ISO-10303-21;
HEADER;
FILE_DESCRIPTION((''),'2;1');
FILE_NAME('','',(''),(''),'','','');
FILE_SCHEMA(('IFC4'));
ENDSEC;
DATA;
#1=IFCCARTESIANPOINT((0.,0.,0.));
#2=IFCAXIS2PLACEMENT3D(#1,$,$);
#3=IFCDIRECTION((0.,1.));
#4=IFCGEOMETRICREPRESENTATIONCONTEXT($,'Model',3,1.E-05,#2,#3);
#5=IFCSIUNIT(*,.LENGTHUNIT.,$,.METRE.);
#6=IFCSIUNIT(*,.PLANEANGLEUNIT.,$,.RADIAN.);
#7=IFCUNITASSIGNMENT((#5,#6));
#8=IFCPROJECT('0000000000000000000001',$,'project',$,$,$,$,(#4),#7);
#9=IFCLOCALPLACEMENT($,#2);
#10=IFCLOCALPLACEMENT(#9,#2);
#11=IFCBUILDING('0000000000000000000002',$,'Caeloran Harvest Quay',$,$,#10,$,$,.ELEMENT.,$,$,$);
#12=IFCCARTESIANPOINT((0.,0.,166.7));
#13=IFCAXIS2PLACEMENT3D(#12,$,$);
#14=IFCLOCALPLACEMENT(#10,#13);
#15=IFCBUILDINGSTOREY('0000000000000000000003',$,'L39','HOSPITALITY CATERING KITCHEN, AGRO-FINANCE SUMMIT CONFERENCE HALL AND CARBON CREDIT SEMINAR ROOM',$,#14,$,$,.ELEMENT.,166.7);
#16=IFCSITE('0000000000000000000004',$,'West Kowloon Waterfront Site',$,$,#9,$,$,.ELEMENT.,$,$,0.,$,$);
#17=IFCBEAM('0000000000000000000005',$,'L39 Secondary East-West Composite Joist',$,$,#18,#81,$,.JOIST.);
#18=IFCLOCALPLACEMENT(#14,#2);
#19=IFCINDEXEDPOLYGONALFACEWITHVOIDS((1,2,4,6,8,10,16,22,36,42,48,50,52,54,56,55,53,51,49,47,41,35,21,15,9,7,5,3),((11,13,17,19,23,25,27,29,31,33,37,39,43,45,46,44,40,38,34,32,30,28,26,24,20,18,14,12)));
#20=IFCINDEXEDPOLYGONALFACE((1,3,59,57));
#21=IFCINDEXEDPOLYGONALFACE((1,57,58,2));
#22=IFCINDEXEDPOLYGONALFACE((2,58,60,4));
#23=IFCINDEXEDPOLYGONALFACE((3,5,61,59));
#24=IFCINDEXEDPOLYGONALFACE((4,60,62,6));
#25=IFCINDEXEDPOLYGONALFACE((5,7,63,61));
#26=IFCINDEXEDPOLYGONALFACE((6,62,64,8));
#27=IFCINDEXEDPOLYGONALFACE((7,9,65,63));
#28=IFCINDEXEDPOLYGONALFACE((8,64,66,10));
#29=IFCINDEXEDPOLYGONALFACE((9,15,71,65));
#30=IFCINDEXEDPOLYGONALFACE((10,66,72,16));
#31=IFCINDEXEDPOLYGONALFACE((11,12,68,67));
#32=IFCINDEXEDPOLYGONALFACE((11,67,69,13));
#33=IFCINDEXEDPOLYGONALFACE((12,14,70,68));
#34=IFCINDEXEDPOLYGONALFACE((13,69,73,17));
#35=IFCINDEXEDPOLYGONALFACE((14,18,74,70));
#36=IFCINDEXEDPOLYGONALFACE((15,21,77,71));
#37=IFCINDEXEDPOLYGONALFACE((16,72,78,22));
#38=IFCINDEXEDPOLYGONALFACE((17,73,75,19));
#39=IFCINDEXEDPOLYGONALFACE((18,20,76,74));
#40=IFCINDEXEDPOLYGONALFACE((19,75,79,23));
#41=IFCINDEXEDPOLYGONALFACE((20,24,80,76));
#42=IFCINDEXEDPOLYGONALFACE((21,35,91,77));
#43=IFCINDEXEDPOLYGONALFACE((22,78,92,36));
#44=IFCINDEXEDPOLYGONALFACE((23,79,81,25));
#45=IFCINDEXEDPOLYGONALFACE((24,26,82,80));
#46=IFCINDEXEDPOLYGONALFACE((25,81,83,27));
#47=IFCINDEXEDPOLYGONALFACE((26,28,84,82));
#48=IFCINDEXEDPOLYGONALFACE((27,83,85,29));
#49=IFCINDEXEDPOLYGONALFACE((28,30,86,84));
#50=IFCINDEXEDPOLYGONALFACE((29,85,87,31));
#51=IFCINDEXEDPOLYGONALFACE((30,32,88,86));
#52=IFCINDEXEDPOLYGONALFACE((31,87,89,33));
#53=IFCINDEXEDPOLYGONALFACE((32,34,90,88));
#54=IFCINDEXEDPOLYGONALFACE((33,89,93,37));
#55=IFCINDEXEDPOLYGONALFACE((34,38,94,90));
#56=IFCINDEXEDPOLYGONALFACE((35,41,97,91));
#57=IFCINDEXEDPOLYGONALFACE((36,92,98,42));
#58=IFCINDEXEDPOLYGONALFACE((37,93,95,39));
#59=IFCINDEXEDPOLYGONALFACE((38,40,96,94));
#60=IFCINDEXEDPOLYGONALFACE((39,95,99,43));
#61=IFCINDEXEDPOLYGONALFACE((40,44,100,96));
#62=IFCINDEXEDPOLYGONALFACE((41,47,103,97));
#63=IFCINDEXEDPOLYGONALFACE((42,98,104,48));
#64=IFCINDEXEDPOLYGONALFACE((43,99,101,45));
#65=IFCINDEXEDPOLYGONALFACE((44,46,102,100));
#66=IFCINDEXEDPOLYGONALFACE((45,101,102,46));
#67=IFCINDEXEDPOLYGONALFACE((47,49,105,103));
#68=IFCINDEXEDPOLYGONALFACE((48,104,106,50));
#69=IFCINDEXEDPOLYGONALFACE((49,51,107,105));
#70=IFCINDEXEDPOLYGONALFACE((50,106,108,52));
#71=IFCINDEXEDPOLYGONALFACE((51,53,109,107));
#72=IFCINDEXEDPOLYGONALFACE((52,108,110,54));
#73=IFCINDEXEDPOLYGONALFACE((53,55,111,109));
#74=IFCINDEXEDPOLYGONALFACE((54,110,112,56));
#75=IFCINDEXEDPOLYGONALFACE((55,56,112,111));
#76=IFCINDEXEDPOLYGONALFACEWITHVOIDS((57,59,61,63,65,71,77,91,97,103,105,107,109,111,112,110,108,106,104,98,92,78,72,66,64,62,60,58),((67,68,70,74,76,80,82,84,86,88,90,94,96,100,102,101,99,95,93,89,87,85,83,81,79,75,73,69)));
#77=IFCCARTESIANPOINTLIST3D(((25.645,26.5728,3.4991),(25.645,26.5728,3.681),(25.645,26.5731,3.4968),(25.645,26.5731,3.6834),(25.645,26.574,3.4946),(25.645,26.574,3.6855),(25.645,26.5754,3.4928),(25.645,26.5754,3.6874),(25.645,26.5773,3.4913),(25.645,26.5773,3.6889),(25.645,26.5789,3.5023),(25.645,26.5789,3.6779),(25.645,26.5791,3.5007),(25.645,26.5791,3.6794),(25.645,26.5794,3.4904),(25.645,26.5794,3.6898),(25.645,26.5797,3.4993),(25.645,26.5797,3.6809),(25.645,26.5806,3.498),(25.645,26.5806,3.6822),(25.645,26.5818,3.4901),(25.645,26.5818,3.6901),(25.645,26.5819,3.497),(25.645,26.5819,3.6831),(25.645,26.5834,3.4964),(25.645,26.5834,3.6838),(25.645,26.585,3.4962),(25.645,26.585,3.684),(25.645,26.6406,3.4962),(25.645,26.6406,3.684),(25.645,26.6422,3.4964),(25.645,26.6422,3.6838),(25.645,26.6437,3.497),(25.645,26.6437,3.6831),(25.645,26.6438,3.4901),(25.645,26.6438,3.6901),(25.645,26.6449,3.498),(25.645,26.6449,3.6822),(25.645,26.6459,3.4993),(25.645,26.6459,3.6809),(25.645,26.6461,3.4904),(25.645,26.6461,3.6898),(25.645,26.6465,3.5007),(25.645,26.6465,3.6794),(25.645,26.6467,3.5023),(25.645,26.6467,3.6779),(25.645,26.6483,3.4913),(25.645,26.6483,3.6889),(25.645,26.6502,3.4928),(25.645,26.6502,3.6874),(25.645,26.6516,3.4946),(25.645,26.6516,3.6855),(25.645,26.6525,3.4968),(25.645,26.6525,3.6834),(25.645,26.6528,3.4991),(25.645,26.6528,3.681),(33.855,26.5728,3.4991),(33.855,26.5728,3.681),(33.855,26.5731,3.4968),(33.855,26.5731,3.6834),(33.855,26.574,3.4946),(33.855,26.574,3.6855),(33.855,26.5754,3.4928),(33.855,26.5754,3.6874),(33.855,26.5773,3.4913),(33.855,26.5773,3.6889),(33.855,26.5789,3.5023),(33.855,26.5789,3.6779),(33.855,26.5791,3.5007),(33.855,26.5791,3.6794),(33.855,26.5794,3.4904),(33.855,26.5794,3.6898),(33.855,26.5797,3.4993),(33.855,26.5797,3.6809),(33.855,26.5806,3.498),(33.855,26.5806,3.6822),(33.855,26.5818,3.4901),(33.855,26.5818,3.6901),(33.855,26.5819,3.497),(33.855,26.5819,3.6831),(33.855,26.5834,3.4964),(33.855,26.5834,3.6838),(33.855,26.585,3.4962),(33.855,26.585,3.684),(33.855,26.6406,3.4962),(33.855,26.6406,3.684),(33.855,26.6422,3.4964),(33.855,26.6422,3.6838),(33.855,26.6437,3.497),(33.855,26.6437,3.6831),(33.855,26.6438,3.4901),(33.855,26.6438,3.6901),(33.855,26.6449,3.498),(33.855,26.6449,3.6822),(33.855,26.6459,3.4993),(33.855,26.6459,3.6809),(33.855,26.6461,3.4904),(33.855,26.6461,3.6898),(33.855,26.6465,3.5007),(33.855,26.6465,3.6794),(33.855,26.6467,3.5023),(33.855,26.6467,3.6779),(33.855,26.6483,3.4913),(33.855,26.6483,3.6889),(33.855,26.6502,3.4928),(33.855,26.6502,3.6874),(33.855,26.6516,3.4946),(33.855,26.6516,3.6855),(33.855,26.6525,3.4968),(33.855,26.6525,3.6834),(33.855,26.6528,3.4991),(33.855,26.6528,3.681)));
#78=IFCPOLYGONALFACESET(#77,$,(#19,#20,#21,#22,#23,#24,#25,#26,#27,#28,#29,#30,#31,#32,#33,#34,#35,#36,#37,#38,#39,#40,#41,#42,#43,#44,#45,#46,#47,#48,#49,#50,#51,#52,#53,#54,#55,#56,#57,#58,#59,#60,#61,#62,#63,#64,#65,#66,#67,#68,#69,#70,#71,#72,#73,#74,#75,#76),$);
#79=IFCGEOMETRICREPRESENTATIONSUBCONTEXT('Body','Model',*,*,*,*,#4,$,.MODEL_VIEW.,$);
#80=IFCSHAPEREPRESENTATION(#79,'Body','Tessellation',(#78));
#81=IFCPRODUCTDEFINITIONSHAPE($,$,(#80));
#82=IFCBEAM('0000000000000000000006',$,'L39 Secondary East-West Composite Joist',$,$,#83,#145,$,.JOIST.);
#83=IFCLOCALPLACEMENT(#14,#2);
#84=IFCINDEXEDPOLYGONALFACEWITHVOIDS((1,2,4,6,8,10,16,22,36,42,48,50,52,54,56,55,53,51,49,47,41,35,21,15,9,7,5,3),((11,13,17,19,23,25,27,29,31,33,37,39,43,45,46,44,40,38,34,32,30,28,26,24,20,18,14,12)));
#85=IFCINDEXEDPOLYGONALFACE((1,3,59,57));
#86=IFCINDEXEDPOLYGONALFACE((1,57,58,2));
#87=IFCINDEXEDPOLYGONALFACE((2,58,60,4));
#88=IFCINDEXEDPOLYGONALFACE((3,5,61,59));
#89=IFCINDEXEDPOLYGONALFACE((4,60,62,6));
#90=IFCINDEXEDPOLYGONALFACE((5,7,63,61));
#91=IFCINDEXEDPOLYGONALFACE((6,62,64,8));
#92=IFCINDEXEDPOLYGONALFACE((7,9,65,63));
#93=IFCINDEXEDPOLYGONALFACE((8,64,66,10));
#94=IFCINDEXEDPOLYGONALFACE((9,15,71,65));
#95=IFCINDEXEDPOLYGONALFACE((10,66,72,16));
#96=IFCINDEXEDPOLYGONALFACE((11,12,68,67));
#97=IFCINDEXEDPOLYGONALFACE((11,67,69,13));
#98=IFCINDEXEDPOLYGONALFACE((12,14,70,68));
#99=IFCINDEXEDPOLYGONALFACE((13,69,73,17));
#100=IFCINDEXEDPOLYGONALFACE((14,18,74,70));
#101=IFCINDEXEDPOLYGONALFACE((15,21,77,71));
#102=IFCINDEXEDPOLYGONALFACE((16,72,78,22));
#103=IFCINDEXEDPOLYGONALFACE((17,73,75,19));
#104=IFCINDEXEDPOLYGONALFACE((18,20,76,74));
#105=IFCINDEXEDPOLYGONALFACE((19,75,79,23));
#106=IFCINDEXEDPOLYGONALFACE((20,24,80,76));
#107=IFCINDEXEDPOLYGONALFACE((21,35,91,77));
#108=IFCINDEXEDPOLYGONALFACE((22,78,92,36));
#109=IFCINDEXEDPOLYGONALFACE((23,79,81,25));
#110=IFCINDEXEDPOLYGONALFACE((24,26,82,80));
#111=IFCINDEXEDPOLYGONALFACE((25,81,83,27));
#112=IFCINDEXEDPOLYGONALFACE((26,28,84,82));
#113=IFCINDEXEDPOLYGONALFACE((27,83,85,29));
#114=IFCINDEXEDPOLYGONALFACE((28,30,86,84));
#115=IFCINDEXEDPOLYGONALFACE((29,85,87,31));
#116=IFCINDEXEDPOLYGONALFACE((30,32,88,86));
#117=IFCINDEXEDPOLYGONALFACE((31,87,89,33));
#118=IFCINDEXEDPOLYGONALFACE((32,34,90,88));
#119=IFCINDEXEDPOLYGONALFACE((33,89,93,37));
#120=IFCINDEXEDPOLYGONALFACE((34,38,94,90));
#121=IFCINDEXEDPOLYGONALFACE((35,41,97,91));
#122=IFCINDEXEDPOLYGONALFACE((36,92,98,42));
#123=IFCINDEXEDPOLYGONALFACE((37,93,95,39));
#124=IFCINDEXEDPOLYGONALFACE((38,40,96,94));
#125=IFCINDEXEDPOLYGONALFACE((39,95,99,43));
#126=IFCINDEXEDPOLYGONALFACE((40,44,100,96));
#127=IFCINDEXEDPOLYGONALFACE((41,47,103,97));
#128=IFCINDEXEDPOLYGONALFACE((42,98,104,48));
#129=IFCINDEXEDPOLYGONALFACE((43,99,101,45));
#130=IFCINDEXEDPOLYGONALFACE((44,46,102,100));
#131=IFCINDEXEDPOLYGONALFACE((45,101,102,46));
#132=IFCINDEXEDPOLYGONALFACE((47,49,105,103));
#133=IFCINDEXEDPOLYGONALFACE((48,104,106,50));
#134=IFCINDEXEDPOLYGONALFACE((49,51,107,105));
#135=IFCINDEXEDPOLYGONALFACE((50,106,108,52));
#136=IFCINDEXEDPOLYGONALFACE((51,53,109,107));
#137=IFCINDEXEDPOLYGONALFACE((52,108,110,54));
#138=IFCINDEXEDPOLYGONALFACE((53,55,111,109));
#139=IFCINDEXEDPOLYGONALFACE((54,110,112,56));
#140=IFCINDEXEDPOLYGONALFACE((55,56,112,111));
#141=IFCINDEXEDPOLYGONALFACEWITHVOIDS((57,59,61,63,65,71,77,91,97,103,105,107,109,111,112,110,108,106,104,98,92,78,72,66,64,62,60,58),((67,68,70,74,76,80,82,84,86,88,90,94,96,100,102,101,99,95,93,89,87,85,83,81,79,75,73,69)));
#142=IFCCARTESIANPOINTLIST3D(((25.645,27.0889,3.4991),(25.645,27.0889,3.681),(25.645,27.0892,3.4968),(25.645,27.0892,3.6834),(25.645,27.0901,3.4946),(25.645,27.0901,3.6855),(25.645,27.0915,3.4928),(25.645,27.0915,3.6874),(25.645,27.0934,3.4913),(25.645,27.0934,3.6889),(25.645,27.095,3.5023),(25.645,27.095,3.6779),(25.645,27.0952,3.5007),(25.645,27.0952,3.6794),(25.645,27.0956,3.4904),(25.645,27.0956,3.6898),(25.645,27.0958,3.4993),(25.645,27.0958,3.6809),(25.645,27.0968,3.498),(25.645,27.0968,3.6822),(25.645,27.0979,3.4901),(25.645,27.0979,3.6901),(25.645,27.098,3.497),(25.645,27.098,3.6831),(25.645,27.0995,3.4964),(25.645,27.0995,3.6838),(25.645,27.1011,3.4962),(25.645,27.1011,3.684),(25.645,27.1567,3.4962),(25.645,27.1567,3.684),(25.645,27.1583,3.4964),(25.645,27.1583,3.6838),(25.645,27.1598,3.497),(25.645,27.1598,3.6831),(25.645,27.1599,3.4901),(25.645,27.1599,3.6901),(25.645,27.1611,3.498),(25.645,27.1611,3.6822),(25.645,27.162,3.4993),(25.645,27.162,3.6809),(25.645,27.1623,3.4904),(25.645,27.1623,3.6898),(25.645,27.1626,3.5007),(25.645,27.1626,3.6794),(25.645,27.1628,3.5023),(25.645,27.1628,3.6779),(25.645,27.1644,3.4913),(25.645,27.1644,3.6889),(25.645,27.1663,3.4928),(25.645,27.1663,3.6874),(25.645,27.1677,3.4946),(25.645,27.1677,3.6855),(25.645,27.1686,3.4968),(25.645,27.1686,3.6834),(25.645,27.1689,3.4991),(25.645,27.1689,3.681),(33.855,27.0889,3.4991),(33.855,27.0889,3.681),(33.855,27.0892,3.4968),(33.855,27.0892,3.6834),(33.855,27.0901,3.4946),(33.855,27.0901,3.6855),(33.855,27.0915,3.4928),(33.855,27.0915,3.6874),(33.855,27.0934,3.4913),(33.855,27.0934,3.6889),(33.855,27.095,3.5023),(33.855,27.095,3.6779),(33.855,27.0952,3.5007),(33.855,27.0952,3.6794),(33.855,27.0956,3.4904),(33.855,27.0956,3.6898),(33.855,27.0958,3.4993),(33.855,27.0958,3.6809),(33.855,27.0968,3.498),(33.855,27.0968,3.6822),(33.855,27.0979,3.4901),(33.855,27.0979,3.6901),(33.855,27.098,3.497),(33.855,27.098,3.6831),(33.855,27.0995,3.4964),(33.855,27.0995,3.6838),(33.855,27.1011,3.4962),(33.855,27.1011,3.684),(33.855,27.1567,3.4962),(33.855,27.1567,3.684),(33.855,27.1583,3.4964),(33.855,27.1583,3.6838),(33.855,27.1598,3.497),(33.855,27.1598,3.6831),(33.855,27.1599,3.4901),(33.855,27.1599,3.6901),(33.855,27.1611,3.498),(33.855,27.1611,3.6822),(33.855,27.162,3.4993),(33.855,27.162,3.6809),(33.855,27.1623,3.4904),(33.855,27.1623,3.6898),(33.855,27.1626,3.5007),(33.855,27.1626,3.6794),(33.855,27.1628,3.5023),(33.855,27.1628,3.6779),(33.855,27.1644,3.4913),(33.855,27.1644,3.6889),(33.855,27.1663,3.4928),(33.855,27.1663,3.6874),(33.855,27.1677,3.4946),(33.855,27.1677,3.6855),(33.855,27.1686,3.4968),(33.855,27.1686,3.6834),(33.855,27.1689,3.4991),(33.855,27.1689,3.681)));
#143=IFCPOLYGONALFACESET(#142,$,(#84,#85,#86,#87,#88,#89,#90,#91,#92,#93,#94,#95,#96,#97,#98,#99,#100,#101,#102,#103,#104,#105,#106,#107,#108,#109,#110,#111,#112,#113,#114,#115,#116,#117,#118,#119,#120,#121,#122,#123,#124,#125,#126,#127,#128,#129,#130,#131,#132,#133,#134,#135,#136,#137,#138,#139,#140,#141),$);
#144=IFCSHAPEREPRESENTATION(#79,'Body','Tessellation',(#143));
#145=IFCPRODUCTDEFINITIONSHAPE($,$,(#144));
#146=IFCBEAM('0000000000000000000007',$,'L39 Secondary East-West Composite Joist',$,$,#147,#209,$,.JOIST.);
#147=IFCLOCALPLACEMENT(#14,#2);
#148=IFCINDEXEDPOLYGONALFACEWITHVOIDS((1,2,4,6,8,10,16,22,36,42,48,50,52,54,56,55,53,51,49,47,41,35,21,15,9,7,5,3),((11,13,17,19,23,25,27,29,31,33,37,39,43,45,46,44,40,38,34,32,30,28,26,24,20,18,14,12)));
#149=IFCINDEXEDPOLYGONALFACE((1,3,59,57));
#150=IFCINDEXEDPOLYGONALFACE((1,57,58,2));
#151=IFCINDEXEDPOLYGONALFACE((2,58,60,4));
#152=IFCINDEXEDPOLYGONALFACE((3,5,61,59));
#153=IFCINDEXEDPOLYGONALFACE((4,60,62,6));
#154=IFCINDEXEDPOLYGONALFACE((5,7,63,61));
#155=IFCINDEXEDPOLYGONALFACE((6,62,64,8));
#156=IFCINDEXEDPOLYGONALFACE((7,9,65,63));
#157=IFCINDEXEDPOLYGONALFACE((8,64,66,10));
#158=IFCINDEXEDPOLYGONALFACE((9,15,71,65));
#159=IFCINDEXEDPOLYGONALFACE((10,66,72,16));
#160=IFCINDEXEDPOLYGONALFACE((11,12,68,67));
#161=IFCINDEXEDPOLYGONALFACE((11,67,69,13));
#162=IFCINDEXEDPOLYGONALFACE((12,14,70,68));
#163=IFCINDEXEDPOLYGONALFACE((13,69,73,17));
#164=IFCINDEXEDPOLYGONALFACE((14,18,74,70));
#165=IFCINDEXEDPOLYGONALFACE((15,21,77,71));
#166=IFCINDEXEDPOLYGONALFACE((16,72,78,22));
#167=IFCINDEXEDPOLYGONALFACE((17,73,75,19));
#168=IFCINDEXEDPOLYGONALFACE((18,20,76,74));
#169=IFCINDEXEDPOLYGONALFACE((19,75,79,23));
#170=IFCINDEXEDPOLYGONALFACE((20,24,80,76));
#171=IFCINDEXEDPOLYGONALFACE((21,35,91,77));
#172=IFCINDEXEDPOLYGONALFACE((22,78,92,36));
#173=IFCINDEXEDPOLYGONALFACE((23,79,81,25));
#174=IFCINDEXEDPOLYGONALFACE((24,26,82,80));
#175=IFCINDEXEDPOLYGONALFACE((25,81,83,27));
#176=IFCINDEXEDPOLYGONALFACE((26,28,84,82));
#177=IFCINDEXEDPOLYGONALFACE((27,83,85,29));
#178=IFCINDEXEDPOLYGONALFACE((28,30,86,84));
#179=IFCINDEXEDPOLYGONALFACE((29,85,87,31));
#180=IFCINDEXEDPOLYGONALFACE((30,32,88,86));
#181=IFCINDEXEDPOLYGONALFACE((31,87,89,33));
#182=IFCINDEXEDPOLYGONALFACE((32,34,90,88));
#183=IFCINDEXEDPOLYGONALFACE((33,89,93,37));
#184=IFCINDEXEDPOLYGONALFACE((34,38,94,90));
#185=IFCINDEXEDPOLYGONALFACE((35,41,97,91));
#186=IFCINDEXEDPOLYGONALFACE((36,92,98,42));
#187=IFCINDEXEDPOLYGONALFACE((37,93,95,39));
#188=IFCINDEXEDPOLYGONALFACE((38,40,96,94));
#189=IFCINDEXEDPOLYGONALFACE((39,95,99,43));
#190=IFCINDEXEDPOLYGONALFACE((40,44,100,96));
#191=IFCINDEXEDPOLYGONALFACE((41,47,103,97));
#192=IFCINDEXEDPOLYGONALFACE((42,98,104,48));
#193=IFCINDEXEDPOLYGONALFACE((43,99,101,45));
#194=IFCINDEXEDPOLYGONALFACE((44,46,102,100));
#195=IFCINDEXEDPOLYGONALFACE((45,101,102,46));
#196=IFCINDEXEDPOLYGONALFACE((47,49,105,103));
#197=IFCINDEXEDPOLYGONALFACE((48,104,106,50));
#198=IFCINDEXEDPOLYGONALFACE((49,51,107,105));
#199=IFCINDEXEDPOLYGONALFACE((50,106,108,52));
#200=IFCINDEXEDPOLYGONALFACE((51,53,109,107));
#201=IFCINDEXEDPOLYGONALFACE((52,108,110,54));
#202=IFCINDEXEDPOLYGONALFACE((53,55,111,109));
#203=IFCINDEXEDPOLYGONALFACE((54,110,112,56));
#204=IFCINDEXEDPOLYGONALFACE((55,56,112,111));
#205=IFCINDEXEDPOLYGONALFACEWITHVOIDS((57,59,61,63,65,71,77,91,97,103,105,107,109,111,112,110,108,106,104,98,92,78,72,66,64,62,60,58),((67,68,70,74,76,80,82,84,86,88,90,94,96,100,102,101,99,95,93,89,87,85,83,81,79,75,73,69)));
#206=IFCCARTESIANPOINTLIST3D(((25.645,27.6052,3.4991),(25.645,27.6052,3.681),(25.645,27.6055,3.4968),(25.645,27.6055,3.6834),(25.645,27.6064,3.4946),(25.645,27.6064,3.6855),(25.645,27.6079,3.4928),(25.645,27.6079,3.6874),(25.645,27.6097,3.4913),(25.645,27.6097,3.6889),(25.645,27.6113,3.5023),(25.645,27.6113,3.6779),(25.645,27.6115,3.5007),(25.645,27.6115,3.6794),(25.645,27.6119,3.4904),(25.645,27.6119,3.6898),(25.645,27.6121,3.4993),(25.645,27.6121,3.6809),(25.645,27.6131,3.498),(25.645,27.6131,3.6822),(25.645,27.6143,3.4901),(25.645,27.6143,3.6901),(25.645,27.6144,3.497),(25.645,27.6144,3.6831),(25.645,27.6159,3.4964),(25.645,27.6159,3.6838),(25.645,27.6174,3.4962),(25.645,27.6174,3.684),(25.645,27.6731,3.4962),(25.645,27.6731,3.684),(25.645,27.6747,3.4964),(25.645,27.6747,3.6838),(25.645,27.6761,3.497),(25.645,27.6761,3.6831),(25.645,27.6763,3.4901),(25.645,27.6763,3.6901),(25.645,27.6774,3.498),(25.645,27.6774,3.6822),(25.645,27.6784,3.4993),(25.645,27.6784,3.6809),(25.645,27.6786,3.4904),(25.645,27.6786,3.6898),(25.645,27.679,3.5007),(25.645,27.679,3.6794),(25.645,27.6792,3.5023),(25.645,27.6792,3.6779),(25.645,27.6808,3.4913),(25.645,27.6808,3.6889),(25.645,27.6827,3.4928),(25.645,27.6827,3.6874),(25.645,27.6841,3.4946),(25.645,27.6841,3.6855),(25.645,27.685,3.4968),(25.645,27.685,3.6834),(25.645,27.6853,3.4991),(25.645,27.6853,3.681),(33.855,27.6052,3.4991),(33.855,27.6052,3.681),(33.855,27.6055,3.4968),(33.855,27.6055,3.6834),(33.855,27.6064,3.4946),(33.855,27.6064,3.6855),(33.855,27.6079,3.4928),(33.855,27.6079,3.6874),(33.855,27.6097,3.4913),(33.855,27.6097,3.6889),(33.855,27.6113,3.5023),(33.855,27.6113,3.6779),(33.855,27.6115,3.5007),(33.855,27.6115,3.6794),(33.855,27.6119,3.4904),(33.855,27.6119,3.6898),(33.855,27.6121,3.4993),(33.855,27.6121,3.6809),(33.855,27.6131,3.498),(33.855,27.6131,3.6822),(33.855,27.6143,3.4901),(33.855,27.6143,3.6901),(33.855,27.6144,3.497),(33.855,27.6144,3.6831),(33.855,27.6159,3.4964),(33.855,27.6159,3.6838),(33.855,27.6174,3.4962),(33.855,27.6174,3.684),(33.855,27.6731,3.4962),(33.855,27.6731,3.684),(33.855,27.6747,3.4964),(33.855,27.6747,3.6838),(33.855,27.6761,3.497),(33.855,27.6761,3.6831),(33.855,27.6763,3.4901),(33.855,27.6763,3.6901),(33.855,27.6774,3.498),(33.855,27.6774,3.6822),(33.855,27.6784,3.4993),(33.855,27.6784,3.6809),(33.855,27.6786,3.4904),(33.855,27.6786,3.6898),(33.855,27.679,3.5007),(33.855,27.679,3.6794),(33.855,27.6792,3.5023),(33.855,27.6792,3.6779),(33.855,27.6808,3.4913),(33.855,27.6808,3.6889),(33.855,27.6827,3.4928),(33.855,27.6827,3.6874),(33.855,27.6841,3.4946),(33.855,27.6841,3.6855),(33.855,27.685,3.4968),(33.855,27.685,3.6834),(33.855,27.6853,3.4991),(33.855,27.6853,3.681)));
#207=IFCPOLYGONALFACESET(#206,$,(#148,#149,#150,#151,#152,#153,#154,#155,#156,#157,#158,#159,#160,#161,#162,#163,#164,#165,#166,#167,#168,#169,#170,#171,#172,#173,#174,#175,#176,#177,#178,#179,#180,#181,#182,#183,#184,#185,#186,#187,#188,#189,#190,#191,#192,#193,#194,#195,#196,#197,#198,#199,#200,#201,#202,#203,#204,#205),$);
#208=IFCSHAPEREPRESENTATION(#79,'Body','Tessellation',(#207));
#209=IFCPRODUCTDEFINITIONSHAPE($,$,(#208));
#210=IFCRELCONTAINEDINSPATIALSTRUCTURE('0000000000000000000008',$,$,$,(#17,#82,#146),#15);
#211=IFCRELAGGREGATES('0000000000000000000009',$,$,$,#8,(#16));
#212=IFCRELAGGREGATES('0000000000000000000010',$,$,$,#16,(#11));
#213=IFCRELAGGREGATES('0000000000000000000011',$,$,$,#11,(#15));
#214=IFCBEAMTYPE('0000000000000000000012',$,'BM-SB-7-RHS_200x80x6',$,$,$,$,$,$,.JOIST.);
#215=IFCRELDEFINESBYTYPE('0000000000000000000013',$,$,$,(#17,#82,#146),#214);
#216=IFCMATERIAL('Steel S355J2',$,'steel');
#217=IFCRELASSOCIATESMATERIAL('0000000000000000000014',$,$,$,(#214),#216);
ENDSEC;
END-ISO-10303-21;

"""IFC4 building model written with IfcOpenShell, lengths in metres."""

from ifc_helpers import new_model, si_unit, direction, frame, origin, origin_2d, place, context, subcontext, project, spatial, hollow_rectangle, extrude, material, material_profile, profile_set, type_object, element, save


model = new_model("IFC4")

# Units and contexts
model_context = context("Model", 3, precision=1e-05, world=origin(), true_north=direction((0.0, 1.0)))
body_context = subcontext(model_context, "Body", "Model", "MODEL_VIEW")
ifc_project = project(units=[si_unit("LENGTHUNIT", "METRE"), si_unit("PLANEANGLEUNIT", "RADIAN")], contexts=[model_context])

# Site, building, storey
site_placement = place(None, origin())
site = spatial("IfcSite", under=ifc_project, at=site_placement, Name="West Kowloon Waterfront Site", CompositionType="ELEMENT", RefElevation=0.0)
building_placement = place(site_placement, origin())
building = spatial("IfcBuilding", under=site, at=building_placement, Name="Caeloran Harvest Quay", CompositionType="ELEMENT")
storey_placement = place(building_placement, frame((0.0, 0.0, 166.7)))
storey = spatial("IfcBuildingStorey", under=building, at=storey_placement, Name="L39", Description="HOSPITALITY CATERING KITCHEN, AGRO-FINANCE SUMMIT CONFERENCE HALL AND CARBON CREDIT SEMINAR ROOM", CompositionType="ELEMENT", Elevation=166.7)

# Beams
ifc_material_1 = material(Name="Steel S355J2", Category="steel")
ifc_material_profile_1 = material_profile(ifc_material_1, hollow_rectangle(XDim=0.0801, YDim=0.2, WallThickness=0.0061, InnerFilletRadius=0.0061, OuterFilletRadius=0.009, at=origin_2d()), Name="RHS 200x80x6")
ifc_profile_set_1 = profile_set([ifc_material_profile_1], Name="Steel S355J2")
beam_type_1 = type_object("IfcBeamType", Name="BM-SB-7-RHS_200x80x6", PredefinedType="JOIST", material=ifc_profile_set_1)
for number, where, z_axis, x_axis, name in (
    (1, (25.645, 26.6128, 3.5901), (1.0, 0.0, 0.0), (0.0, 1.0, 0.0), "L39 Secondary East-West Composite Joist"),
    (2, (25.645, 27.1289, 3.5901), (1.0, 0.0, 0.0), (0.0, 1.0, 0.0), "L39 Secondary East-West Composite Joist"),
    (3, (25.645, 27.6453, 3.5901), (1.0, 0.0, 0.0), (0.0, 1.0, 0.0), "L39 Secondary East-West Composite Joist"),
):
    element("IfcBeam", number, at=place(storey_placement, frame(where, z_axis=z_axis, x_axis=x_axis)), inside=storey, type_object=beam_type_1, Name=name, PredefinedType="JOIST", context=body_context, shape_type="SweptSolid", body=[
        extrude(hollow_rectangle(XDim=0.0801, YDim=0.2, WallThickness=0.0061, InnerFilletRadius=0.0061, OuterFilletRadius=0.009, at=origin_2d()), origin(), (0.0, 0.0, 1.0), 8.21),
    ])

save(model, "model.ifc")
